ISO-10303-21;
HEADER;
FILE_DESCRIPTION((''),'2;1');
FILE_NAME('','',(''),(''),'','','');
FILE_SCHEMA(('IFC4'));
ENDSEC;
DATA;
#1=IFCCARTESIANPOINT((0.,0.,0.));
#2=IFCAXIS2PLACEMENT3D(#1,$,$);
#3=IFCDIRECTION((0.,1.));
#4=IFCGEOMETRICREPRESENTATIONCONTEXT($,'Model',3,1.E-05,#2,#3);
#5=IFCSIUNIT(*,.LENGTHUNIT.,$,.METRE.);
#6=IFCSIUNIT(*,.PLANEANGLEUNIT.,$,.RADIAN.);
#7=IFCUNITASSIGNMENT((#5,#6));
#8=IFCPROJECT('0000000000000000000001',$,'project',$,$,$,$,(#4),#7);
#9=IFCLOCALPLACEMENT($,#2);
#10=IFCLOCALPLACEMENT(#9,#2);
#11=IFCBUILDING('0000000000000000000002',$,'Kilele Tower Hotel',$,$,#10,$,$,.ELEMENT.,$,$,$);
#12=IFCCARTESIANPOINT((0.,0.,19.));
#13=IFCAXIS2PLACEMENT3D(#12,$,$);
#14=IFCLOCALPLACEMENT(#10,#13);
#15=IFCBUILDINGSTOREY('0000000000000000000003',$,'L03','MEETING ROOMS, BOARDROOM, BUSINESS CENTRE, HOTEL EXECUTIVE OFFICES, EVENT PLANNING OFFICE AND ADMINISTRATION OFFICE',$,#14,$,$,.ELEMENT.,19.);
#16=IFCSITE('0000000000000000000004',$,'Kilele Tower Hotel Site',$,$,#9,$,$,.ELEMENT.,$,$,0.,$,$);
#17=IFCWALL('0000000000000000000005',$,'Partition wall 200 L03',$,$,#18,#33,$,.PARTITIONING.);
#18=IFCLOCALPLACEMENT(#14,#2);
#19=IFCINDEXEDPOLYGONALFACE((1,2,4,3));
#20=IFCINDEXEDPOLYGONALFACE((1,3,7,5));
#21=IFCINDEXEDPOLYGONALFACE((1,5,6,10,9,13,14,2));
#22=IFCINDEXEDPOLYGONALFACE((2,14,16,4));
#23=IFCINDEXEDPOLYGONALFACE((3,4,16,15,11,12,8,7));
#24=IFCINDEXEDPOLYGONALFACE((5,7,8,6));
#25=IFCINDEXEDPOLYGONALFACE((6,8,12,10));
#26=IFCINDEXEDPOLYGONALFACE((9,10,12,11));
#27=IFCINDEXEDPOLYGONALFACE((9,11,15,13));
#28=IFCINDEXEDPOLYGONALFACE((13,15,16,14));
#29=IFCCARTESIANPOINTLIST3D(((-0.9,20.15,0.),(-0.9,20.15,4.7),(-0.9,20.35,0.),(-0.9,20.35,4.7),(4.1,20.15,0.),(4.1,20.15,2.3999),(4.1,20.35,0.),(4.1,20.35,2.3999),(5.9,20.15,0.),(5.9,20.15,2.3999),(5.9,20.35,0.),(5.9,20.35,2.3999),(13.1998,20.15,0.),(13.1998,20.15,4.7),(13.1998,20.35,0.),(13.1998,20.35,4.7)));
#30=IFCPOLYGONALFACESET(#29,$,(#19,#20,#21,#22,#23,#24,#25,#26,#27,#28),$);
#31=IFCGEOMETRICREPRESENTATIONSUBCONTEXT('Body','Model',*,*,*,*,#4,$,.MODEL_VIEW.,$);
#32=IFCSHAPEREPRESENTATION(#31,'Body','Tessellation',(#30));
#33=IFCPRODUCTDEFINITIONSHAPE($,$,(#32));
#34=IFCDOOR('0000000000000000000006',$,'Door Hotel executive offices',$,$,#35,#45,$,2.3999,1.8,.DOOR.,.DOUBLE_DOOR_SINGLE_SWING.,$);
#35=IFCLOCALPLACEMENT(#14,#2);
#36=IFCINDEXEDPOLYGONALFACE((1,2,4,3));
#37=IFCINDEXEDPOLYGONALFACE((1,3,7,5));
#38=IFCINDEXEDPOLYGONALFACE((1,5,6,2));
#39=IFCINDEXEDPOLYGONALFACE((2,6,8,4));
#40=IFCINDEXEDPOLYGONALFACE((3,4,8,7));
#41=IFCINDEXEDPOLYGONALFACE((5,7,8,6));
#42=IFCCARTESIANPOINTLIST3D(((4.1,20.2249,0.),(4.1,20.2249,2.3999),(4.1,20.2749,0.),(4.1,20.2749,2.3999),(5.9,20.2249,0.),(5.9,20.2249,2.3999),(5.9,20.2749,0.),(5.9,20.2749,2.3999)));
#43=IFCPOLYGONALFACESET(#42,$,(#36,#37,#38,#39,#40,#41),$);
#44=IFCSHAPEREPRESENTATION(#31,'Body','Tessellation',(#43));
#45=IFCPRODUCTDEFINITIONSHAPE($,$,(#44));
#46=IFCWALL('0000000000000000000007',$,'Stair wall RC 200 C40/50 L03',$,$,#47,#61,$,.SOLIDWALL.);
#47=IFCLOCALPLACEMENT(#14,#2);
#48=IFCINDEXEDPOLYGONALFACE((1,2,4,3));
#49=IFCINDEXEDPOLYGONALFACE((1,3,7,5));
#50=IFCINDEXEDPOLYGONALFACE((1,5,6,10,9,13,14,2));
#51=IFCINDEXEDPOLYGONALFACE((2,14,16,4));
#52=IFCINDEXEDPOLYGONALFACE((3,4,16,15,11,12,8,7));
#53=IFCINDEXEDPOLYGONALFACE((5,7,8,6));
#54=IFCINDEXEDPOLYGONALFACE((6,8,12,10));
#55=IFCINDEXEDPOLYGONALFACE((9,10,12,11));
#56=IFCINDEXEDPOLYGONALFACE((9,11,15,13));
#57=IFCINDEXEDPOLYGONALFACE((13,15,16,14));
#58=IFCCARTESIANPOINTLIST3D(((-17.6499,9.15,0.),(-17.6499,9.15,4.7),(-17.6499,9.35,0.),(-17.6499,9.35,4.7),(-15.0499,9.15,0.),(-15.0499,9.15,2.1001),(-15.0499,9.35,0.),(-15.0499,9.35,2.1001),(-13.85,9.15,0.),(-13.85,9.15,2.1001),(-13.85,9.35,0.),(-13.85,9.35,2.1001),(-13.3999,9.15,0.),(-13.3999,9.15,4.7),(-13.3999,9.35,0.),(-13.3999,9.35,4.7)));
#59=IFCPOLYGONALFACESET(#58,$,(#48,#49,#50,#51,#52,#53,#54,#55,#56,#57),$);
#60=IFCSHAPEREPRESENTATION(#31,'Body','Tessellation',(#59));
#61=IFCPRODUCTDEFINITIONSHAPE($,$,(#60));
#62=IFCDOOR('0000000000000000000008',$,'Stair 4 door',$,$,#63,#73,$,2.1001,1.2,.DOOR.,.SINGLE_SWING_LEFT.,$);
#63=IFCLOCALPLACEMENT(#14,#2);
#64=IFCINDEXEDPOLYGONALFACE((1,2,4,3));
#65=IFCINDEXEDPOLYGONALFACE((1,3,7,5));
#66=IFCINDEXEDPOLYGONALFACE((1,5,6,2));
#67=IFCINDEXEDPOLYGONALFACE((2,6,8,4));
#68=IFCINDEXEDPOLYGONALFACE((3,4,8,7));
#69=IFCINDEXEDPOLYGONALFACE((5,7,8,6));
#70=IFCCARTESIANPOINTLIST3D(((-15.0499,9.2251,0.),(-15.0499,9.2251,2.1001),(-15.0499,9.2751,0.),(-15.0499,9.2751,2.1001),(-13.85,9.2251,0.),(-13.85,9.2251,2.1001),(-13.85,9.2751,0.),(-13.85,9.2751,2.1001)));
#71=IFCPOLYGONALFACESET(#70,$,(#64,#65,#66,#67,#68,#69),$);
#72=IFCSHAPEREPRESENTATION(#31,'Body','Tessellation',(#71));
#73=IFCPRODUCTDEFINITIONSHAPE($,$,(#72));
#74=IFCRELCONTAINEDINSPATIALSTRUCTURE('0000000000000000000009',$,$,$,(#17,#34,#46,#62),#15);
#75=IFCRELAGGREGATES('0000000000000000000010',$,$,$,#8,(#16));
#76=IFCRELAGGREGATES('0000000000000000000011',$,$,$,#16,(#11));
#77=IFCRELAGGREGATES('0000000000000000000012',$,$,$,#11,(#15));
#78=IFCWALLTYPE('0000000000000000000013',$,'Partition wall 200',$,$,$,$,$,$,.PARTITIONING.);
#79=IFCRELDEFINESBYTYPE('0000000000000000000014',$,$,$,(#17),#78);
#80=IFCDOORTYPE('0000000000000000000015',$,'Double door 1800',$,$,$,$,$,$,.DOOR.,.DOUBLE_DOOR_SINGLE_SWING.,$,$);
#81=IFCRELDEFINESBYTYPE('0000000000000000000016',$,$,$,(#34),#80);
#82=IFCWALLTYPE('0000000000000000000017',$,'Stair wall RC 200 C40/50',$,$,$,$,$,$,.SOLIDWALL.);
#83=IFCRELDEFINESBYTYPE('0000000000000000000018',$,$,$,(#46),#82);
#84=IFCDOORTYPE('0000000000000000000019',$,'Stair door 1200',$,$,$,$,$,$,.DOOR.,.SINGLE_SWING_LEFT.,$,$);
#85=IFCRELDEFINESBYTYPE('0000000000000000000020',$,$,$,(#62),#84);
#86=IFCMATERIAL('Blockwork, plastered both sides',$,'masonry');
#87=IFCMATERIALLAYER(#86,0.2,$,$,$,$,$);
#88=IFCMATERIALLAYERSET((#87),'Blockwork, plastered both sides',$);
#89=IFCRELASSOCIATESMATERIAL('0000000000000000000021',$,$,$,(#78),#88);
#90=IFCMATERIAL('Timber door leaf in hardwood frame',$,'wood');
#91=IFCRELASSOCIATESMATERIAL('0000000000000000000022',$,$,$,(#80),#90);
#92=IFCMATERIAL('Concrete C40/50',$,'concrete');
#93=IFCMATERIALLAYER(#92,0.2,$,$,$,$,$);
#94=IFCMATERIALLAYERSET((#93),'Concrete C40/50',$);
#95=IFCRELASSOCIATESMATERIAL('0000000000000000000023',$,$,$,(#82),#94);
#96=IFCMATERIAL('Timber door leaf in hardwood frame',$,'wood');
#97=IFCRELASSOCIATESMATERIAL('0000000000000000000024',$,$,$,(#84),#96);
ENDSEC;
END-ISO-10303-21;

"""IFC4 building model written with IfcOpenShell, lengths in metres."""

from ifc_helpers import new_model, si_unit, direction, frame, frame_2d, origin, place, context, subcontext, project, spatial, rectangle, extrude, material, layer, layer_set, type_object, element, fill, save


model = new_model("IFC4")

# Units and contexts
model_context = context("Model", 3, precision=1e-05, world=origin(), true_north=direction((0.0, 1.0)))
body_context = subcontext(model_context, "Body", "Model", "MODEL_VIEW")
ifc_project = project(units=[si_unit("LENGTHUNIT", "METRE"), si_unit("PLANEANGLEUNIT", "RADIAN")], contexts=[model_context])

# Site, building, storey
site_placement = place(None, origin())
site = spatial("IfcSite", under=ifc_project, at=site_placement, Name="Kilele Tower Hotel Site", CompositionType="ELEMENT", RefElevation=0.0)
building_placement = place(site_placement, origin())
building = spatial("IfcBuilding", under=site, at=building_placement, Name="Kilele Tower Hotel", CompositionType="ELEMENT")
storey_placement = place(building_placement, frame((0.0, 0.0, 19.0)))
storey = spatial("IfcBuildingStorey", under=building, at=storey_placement, Name="L03", Description="MEETING ROOMS, BOARDROOM, BUSINESS CENTRE, HOTEL EXECUTIVE OFFICES, EVENT PLANNING OFFICE AND ADMINISTRATION OFFICE", CompositionType="ELEMENT", Elevation=19.0)

# Shared definitions
ifc_material_1 = material(Name="Blockwork, plastered both sides", Category="masonry")
ifc_layer_1 = layer(ifc_material_1, 0.2)
ifc_layer_set_1 = layer_set([ifc_layer_1], Name="Blockwork, plastered both sides")
wall_type_1 = type_object("IfcWallType", Name="Partition wall 200", PredefinedType="PARTITIONING", material=ifc_layer_set_1)

# Walls, openings, doors
wall_1_placement = place(storey_placement, frame((-0.8999, 20.25, 0.0), z_axis=(0.0, 0.0, 1.0), x_axis=(1.0, 0.0, 0.0)))
wall_1 = element("IfcWall", 1, at=wall_1_placement, inside=storey, type_object=wall_type_1, Name="Partition wall 200 L03", PredefinedType="PARTITIONING", context=body_context, shape_type="SweptSolid", body=[
    extrude(rectangle(XDim=14.0999, YDim=0.2, at=frame_2d((7.0498, 0.0))), origin(), (0.0, 0.0, 1.0), 4.7),
])
opening_1_placement = place(wall_1_placement, frame((5.0, 0.0, 0.0)))
opening_1 = element("IfcOpeningElement", 2, at=opening_1_placement, cuts=wall_1, PredefinedType="OPENING", context=body_context, shape_type="SweptSolid", body=[
    extrude(rectangle(XDim=1.8, YDim=2.3999, at=frame_2d((0.8999, 1.2))), frame((0.0, 0.1099, 0.0), z_axis=(0.0, -1.0, 0.0), x_axis=(1.0, 0.0, 0.0)), (0.0, 0.0, 1.0), 0.22),
])
ifc_material_2 = material(Name="Timber door leaf in hardwood frame", Category="wood")
door_type_1 = type_object("IfcDoorType", Name="Double door 1800", OperationType="DOUBLE_DOOR_SINGLE_SWING", PredefinedType="DOOR", material=ifc_material_2)
door_1_placement = place(opening_1_placement, origin())
door_1 = element("IfcDoor", 3, at=door_1_placement, inside=storey, type_object=door_type_1, Name="Door Hotel executive offices", OperationType="DOUBLE_DOOR_SINGLE_SWING", OverallHeight=2.3999, OverallWidth=1.8, PredefinedType="DOOR", context=body_context, shape_type="SweptSolid", body=[
    extrude(rectangle(XDim=1.8, YDim=2.3999, at=frame_2d((0.8999, 1.2))), frame((0.0, 0.0249, 0.0), z_axis=(0.0, -1.0, 0.0), x_axis=(1.0, 0.0, 0.0)), (0.0, 0.0, 1.0), 0.05),
])
fill(opening_1, door_1)
ifc_material_3 = material(Name="Concrete C40/50", Category="concrete")
ifc_layer_2 = layer(ifc_material_3, 0.2)
ifc_layer_set_2 = layer_set([ifc_layer_2], Name="Concrete C40/50")
wall_type_2 = type_object("IfcWallType", Name="Stair wall RC 200 C40/50", PredefinedType="SOLIDWALL", material=ifc_layer_set_2)
wall_2_placement = place(storey_placement, frame((-17.6499, 9.25, 0.0), z_axis=(0.0, 0.0, 1.0), x_axis=(1.0, 0.0, 0.0)))
wall_2 = element("IfcWall", 4, at=wall_2_placement, inside=storey, type_object=wall_type_2, Name="Stair wall RC 200 C40/50 L03", PredefinedType="SOLIDWALL", context=body_context, shape_type="SweptSolid", body=[
    extrude(rectangle(XDim=4.25, YDim=0.2, at=frame_2d((2.125, 0.0))), origin(), (0.0, 0.0, 1.0), 4.7),
])
opening_2_placement = place(wall_2_placement, frame((3.8, 0.0, 0.0), z_axis=(0.0, 0.0, 1.0), x_axis=(-1.0, 0.0, 0.0)))
opening_2 = element("IfcOpeningElement", 5, at=opening_2_placement, cuts=wall_2, PredefinedType="OPENING", context=body_context, shape_type="SweptSolid", body=[
    extrude(rectangle(XDim=1.2, YDim=2.1001, at=frame_2d((0.6001, 1.05))), frame((0.0, 0.1099, 0.0), z_axis=(0.0, -1.0, 0.0), x_axis=(1.0, 0.0, 0.0)), (0.0, 0.0, 1.0), 0.22),
])
ifc_material_4 = material(Name="Timber door leaf in hardwood frame", Category="wood")
door_type_2 = type_object("IfcDoorType", Name="Stair door 1200", OperationType="SINGLE_SWING_LEFT", PredefinedType="DOOR", material=ifc_material_4)
door_2_placement = place(opening_2_placement, origin())
door_2 = element("IfcDoor", 6, at=door_2_placement, inside=storey, type_object=door_type_2, Name="Stair 4 door", OperationType="SINGLE_SWING_LEFT", OverallHeight=2.1001, OverallWidth=1.2, PredefinedType="DOOR", context=body_context, shape_type="SweptSolid", body=[
    extrude(rectangle(XDim=1.2, YDim=2.1001, at=frame_2d((0.6001, 1.05))), frame((0.0, 0.0249, 0.0), z_axis=(0.0, -1.0, 0.0), x_axis=(1.0, 0.0, 0.0)), (0.0, 0.0, 1.0), 0.05),
])
fill(opening_2, door_2)

save(model, "model.ifc")
